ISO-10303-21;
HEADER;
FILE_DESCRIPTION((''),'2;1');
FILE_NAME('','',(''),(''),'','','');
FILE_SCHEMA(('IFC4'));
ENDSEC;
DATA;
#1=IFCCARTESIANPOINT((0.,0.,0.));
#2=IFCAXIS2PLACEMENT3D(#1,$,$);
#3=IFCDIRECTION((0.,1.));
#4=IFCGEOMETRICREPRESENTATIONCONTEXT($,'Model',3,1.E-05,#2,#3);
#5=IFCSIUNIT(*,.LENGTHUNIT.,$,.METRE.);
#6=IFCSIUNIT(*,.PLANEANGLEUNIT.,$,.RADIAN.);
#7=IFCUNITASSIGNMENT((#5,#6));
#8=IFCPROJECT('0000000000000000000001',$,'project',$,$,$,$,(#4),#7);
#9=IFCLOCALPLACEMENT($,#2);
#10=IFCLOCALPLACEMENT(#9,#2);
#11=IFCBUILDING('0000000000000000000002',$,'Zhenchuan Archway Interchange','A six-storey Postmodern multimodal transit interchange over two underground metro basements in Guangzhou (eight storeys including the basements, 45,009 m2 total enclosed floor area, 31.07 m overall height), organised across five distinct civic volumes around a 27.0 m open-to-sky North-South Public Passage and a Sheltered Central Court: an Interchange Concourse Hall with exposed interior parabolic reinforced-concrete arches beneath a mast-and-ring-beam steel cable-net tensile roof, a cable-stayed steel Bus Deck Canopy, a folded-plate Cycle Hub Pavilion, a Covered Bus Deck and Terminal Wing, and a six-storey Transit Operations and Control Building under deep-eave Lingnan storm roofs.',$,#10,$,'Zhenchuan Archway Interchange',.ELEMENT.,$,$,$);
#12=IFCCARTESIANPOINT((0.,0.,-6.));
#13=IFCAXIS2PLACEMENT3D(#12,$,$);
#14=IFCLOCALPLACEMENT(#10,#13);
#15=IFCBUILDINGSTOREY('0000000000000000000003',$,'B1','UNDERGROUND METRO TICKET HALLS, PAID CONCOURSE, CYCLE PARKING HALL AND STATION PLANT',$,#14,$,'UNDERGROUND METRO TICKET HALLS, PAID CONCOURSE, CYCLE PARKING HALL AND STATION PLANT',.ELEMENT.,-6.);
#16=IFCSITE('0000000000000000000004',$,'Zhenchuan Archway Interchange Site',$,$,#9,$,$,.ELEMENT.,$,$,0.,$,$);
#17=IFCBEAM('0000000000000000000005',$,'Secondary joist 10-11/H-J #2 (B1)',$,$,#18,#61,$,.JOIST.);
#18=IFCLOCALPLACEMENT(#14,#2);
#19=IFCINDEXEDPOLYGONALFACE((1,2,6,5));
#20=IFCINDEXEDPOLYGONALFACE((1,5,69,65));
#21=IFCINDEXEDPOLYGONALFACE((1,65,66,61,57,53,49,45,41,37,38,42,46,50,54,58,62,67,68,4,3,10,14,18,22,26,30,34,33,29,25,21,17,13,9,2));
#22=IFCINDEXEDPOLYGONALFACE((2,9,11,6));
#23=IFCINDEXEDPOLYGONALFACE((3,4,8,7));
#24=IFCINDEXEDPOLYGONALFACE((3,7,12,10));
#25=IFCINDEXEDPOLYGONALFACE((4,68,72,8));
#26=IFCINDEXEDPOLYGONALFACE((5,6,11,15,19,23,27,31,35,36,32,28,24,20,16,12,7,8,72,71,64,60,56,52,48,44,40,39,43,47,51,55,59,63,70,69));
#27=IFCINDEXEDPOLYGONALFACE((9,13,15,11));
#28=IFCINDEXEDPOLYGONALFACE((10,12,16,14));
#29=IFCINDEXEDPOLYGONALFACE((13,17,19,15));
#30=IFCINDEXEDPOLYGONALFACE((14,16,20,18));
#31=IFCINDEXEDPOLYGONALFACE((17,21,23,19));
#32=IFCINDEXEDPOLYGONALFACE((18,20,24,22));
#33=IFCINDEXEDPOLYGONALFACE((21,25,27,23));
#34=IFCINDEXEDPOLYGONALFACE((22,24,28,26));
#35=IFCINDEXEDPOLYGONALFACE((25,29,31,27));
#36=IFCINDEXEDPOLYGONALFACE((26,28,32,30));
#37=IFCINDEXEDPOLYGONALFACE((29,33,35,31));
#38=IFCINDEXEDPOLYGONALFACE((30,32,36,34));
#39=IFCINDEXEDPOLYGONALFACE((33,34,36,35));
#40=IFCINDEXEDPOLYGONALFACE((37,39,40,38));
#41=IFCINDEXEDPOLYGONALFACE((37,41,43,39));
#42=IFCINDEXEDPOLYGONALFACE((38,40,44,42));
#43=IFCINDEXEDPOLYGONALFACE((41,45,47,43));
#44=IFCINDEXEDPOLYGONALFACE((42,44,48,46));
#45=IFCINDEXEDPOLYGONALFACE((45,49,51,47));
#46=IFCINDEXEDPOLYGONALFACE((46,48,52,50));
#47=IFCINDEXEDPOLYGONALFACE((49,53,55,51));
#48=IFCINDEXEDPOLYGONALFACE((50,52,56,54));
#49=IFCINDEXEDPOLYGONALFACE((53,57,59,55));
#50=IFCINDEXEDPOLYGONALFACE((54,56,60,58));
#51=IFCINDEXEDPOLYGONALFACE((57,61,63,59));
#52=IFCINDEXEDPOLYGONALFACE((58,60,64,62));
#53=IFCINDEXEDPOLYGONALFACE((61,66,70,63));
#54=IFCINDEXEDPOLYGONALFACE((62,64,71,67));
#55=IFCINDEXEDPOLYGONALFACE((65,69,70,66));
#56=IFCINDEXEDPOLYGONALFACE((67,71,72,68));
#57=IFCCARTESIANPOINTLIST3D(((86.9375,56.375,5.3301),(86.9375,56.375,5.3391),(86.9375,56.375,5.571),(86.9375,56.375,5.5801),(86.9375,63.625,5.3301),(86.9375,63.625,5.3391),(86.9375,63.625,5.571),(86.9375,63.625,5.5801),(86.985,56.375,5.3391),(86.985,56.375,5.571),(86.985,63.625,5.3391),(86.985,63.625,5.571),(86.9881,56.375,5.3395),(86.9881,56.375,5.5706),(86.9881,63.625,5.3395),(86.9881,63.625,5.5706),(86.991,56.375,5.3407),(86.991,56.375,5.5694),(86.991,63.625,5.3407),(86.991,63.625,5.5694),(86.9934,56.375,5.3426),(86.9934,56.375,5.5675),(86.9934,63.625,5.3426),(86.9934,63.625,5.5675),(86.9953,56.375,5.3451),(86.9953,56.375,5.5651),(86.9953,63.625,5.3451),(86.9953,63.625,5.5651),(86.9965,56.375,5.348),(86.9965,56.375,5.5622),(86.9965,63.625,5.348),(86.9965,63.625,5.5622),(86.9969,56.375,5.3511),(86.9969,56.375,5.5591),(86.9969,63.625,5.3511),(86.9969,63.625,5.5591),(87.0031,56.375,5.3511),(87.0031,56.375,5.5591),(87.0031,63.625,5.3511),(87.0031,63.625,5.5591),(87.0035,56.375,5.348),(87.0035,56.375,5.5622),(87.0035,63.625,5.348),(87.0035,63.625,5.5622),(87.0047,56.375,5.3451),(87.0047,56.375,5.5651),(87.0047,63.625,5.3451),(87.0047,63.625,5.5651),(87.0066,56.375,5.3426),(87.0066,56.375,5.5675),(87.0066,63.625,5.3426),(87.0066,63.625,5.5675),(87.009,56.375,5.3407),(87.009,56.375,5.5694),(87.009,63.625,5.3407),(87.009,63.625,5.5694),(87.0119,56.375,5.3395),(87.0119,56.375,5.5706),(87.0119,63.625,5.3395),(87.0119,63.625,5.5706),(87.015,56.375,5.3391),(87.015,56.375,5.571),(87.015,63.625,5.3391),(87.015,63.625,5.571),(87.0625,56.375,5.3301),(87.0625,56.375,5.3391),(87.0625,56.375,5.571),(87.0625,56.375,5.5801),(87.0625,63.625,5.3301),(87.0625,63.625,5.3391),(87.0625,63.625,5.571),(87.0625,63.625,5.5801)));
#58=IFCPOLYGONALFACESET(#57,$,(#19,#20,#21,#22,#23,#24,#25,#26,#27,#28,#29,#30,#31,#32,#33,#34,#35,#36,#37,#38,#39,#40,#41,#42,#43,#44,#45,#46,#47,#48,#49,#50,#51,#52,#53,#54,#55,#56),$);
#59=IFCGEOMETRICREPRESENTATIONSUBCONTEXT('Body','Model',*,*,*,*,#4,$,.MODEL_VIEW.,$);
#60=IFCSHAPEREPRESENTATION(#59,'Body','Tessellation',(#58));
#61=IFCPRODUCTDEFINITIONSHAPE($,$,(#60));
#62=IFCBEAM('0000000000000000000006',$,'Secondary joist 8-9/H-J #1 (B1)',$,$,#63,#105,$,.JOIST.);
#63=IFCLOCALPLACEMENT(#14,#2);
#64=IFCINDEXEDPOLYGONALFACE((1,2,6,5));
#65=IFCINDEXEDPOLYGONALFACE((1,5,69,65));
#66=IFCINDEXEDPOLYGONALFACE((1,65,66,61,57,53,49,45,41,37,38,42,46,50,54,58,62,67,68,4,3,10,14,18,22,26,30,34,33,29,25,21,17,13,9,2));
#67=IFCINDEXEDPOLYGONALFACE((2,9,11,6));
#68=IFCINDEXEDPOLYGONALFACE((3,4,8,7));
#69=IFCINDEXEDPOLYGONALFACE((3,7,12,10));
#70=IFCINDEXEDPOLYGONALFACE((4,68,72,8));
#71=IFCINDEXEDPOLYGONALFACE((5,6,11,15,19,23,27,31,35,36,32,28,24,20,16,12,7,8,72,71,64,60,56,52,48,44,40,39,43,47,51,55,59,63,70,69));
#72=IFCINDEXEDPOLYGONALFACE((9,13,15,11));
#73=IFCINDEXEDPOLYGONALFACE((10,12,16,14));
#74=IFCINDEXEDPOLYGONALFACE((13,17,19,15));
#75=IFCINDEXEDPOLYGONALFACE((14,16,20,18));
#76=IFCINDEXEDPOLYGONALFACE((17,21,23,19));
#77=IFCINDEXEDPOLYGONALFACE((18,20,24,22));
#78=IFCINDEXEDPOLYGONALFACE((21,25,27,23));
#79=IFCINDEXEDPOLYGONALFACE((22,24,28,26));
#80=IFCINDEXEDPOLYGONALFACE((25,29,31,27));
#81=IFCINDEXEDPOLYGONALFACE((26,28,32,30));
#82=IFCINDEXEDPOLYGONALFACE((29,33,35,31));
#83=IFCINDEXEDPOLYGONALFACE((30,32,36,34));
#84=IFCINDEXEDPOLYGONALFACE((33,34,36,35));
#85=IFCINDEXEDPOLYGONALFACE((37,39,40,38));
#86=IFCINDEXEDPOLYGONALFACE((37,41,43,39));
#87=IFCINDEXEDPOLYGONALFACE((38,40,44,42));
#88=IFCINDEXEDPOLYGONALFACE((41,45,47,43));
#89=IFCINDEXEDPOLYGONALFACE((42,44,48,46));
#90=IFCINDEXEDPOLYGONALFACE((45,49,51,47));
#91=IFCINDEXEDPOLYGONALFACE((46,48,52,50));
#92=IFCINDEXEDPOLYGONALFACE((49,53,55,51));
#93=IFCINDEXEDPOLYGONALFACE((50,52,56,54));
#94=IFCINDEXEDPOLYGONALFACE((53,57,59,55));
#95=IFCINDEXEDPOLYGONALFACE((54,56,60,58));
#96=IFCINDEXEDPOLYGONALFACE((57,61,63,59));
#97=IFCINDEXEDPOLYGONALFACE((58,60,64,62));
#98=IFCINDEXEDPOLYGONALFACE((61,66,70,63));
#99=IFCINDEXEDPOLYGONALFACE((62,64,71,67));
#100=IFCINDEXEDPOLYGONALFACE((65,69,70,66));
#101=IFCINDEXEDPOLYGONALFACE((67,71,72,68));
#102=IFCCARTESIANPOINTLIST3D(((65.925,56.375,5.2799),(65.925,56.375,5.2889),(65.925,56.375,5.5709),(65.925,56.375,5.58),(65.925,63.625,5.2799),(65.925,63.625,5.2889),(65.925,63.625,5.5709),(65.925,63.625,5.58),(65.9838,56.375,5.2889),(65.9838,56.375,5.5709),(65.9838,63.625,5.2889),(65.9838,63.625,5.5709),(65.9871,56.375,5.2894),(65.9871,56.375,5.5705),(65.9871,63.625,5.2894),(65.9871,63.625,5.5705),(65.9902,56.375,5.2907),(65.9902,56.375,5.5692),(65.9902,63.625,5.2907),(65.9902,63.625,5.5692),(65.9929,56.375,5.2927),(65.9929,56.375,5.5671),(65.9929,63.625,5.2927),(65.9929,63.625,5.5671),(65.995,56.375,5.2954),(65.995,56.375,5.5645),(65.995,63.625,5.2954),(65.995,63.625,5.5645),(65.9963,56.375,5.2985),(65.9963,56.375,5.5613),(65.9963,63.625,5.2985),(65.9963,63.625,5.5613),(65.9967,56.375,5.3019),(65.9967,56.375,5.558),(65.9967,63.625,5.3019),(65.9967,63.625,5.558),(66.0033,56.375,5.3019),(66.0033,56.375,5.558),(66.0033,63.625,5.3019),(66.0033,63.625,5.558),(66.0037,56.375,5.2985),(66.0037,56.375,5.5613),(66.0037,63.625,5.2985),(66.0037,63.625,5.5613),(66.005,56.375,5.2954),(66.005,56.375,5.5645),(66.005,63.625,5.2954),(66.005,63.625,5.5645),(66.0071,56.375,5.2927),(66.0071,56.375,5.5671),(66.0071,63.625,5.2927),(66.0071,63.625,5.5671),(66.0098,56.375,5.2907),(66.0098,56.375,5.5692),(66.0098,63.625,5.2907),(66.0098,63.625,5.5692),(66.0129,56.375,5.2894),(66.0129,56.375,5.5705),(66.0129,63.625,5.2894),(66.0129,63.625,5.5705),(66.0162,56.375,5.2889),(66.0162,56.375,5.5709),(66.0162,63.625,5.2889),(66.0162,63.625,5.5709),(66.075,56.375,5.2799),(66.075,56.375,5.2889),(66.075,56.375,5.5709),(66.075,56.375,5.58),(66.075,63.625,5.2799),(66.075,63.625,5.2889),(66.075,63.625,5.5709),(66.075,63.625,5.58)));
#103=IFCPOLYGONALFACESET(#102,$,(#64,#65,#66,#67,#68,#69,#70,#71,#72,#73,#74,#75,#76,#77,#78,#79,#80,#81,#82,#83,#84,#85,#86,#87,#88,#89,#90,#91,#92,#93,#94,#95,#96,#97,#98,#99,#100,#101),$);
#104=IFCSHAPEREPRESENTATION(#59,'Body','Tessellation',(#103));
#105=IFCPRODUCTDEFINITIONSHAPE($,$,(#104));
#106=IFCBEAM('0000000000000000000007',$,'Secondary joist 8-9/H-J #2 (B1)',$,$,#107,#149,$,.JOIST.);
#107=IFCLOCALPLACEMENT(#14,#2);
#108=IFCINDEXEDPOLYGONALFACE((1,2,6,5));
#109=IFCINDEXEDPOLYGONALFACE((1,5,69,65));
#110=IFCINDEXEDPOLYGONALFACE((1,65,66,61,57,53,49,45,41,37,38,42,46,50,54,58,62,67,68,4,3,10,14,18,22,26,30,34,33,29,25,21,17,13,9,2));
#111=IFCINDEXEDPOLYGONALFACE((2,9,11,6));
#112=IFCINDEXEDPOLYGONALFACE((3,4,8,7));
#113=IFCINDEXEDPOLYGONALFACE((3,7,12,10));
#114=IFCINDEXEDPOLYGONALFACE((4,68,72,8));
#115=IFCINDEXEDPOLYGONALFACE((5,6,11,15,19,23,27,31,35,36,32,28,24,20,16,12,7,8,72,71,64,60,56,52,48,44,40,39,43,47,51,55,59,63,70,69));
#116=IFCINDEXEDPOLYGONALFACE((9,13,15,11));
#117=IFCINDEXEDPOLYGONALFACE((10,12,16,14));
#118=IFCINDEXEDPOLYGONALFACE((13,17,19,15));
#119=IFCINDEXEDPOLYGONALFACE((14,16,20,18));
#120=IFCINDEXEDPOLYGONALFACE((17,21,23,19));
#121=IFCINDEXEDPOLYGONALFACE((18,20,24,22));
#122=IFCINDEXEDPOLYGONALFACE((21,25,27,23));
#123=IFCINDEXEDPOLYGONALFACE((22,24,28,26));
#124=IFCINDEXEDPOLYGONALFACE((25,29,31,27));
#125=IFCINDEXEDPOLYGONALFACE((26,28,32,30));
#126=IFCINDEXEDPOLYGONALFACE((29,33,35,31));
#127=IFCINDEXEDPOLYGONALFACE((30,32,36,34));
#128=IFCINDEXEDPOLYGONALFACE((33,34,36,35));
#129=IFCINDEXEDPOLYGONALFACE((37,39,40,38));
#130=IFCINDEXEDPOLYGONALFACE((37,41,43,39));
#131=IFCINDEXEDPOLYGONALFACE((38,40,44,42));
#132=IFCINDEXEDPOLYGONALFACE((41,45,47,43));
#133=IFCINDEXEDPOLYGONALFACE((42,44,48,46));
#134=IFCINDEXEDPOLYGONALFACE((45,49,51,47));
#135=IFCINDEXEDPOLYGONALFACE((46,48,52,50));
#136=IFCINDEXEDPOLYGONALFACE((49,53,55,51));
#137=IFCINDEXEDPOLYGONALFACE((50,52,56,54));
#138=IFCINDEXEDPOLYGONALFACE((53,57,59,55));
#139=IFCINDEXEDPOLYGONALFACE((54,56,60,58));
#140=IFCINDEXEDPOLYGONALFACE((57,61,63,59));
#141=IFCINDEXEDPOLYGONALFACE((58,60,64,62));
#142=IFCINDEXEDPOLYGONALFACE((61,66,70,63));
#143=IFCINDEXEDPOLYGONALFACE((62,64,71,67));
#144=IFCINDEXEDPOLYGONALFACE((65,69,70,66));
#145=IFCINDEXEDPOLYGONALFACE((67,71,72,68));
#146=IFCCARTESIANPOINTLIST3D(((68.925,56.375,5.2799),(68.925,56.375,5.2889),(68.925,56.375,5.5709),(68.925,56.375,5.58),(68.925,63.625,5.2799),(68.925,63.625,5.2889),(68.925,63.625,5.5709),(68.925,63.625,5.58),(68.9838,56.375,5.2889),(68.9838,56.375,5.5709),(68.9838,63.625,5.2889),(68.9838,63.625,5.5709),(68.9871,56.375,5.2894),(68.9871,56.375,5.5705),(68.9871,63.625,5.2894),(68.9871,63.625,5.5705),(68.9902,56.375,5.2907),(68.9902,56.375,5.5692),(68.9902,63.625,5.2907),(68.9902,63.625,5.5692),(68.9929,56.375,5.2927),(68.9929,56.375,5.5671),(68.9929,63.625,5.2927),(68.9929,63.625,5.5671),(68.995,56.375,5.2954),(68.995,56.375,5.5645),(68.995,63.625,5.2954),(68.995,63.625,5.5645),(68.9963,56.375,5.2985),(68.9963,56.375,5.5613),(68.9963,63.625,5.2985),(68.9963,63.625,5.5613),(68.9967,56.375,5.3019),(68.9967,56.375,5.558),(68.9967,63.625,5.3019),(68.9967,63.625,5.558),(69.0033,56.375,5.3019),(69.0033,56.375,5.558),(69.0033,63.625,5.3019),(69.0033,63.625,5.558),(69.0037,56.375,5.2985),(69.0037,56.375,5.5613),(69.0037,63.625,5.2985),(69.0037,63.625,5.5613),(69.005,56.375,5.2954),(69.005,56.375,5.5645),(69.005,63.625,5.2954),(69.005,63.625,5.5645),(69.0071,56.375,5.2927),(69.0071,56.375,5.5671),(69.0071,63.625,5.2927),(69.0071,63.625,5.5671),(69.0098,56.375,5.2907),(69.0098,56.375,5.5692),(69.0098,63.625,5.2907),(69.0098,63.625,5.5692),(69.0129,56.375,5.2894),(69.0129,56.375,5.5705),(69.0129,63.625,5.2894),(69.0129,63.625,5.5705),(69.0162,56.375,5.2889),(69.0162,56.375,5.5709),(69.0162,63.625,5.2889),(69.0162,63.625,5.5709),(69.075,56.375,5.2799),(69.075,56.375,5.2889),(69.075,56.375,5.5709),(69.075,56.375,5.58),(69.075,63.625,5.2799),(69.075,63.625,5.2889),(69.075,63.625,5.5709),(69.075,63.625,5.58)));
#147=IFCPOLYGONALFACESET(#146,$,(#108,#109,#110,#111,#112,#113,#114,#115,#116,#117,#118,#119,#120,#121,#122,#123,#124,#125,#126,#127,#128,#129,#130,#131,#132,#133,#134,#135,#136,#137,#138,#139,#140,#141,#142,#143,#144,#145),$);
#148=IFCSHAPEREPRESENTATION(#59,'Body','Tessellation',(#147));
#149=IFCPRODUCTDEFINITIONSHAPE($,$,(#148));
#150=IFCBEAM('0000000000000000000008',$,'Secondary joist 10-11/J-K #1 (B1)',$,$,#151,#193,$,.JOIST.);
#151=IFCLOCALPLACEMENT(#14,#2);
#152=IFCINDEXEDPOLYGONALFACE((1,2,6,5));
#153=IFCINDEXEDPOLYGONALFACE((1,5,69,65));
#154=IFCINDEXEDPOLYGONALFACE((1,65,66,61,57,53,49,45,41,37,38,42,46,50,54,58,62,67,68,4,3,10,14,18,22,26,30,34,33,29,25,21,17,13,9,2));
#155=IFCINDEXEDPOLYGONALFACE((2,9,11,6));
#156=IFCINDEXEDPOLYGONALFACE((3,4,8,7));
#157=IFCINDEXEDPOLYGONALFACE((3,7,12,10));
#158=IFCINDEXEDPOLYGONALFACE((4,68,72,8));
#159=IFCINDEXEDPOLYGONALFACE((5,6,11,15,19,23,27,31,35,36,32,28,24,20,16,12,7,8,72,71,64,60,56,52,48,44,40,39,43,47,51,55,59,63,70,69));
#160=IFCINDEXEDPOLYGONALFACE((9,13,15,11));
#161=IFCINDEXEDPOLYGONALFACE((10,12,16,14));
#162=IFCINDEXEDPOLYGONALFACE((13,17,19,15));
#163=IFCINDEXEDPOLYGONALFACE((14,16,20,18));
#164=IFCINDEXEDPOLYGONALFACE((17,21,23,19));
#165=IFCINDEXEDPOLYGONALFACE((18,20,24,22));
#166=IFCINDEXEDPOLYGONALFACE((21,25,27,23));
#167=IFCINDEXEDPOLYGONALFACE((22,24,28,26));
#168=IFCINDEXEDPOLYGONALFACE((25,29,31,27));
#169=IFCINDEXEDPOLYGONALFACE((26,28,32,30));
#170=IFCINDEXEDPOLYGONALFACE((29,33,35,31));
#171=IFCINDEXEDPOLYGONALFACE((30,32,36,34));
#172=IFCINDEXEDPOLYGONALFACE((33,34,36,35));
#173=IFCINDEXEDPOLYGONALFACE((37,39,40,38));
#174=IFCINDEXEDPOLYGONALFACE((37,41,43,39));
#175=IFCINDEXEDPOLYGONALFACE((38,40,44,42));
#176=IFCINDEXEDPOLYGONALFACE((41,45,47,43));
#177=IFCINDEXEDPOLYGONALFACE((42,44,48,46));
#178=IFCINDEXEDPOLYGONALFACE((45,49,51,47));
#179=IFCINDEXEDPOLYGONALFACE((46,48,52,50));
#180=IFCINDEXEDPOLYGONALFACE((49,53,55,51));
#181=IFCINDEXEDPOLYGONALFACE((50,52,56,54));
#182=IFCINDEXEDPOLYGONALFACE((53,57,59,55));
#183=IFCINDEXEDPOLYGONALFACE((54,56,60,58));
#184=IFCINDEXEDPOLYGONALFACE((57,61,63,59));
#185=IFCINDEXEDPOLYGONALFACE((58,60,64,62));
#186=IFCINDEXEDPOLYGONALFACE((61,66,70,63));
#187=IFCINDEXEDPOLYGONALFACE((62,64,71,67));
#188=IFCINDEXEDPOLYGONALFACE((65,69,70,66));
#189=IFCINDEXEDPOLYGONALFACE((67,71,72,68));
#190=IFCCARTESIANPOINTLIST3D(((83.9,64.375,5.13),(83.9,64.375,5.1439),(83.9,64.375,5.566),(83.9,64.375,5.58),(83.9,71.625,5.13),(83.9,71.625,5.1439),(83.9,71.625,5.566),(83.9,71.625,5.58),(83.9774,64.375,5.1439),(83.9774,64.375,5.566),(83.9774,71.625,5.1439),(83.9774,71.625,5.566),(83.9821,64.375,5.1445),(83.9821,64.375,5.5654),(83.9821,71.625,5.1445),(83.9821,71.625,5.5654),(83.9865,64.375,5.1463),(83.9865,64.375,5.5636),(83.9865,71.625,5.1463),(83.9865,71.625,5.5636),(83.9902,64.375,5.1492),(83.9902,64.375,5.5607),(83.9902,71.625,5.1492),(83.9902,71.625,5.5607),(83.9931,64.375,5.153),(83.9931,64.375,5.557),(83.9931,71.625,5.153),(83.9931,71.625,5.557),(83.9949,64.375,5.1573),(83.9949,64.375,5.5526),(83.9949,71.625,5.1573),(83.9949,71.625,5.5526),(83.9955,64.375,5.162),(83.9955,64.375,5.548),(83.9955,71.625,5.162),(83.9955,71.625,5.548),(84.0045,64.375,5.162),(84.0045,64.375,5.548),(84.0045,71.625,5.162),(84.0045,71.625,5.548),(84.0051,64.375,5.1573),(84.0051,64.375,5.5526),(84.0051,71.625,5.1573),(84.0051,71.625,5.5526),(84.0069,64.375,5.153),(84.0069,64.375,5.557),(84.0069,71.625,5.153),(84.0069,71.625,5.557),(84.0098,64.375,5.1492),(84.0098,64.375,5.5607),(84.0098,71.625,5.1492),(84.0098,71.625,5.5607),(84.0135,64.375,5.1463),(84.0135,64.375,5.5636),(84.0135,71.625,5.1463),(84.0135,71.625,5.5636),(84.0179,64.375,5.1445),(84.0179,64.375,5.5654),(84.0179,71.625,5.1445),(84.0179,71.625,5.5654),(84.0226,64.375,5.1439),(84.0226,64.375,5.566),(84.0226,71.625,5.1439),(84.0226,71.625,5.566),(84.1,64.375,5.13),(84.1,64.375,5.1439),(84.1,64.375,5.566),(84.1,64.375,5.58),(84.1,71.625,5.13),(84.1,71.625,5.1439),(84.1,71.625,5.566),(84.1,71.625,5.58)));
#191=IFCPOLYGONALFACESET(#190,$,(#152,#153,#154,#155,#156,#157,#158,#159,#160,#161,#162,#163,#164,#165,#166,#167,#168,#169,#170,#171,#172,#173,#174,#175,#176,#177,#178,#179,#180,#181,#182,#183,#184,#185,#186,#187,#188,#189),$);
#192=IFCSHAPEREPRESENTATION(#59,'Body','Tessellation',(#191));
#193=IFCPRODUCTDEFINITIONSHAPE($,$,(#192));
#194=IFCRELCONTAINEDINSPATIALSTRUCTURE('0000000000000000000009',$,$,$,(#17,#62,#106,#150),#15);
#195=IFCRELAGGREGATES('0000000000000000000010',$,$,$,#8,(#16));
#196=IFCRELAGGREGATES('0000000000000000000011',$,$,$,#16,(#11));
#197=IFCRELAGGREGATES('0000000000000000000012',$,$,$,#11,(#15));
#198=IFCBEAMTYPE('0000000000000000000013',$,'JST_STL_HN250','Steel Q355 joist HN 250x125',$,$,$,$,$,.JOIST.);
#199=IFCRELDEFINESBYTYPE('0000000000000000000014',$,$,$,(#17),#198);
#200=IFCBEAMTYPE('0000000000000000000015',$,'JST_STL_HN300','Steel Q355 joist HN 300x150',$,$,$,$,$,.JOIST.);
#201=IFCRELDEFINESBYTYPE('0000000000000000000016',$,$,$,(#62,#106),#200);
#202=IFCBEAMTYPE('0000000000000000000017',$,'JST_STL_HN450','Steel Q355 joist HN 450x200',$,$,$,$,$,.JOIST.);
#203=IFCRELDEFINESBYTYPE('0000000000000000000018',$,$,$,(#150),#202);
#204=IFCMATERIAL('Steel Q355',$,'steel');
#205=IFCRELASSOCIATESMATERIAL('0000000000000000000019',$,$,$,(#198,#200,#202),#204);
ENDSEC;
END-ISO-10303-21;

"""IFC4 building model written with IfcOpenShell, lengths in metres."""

from ifc_helpers import new_model, si_unit, direction, frame, origin, origin_2d, place, context, subcontext, project, spatial, i_section, extrude, material, material_profile, profile_set, type_object, element, save


model = new_model("IFC4")

# Units and contexts
model_context = context("Model", 3, precision=1e-05, world=origin(), true_north=direction((0.0, 1.0)))
body_context = subcontext(model_context, "Body", "Model", "MODEL_VIEW")
ifc_project = project(units=[si_unit("LENGTHUNIT", "METRE"), si_unit("PLANEANGLEUNIT", "RADIAN")], contexts=[model_context])

# Site, building, storey
site_placement = place(None, origin())
site = spatial("IfcSite", under=ifc_project, at=site_placement, Name="Zhenchuan Archway Interchange Site", CompositionType="ELEMENT", RefElevation=0.0)
building_placement = place(site_placement, origin())
building = spatial("IfcBuilding", under=site, at=building_placement, Name="Zhenchuan Archway Interchange", Description="A six-storey Postmodern multimodal transit interchange over two underground metro basements in Guangzhou (eight storeys including the basements, 45,009 m2 total enclosed floor area, 31.07 m overall height), organised across five distinct civic volumes around a 27.0 m open-to-sky North-South Public Passage and a Sheltered Central Court: an Interchange Concourse Hall with exposed interior parabolic reinforced-concrete arches beneath a mast-and-ring-beam steel cable-net tensile roof, a cable-stayed steel Bus Deck Canopy, a folded-plate Cycle Hub Pavilion, a Covered Bus Deck and Terminal Wing, and a six-storey Transit Operations and Control Building under deep-eave Lingnan storm roofs.", LongName="Zhenchuan Archway Interchange", CompositionType="ELEMENT")
storey_placement = place(building_placement, frame((0.0, 0.0, -6.0)))
storey = spatial("IfcBuildingStorey", under=building, at=storey_placement, Name="B1", Description="UNDERGROUND METRO TICKET HALLS, PAID CONCOURSE, CYCLE PARKING HALL AND STATION PLANT", LongName="UNDERGROUND METRO TICKET HALLS, PAID CONCOURSE, CYCLE PARKING HALL AND STATION PLANT", CompositionType="ELEMENT", Elevation=-6.0)

# Beams
ifc_material_1 = material(Name="Steel Q355", Category="steel")
ifc_material_profile_1 = material_profile(ifc_material_1, i_section(OverallWidth=0.125, OverallDepth=0.25, WebThickness=0.0061, FlangeThickness=0.009, FilletRadius=0.012, at=origin_2d()), Name="HN 250x125")
ifc_profile_set_1 = profile_set([ifc_material_profile_1], Name="Steel Q355")
beam_type_1 = type_object("IfcBeamType", Name="JST_STL_HN250", Description="Steel Q355 joist HN 250x125", PredefinedType="JOIST", material=ifc_profile_set_1)
for number, where, z_axis, x_axis, name in (
    (1, (87.0, 56.375, 5.4551), (0.0, 1.0, 0.0), (-1.0, 0.0, 0.0), "Secondary joist 10-11/H-J #2 (B1)"),
):
    element("IfcBeam", number, at=place(storey_placement, frame(where, z_axis=z_axis, x_axis=x_axis)), inside=storey, type_object=beam_type_1, Name=name, PredefinedType="JOIST", context=body_context, shape_type="SweptSolid", body=[
        extrude(i_section(OverallWidth=0.125, OverallDepth=0.25, WebThickness=0.0061, FlangeThickness=0.009, FilletRadius=0.012, at=origin_2d()), origin(), (0.0, 0.0, 1.0), 7.25),
    ])
ifc_material_profile_2 = material_profile(ifc_material_1, i_section(OverallWidth=0.1499, OverallDepth=0.3, WebThickness=0.0066, FlangeThickness=0.009, FilletRadius=0.0129, at=origin_2d()), Name="HN 300x150")
ifc_profile_set_2 = profile_set([ifc_material_profile_2], Name="Steel Q355")
beam_type_2 = type_object("IfcBeamType", Name="JST_STL_HN300", Description="Steel Q355 joist HN 300x150", PredefinedType="JOIST", material=ifc_profile_set_2)
for number, where, z_axis, x_axis, name in (
    (2, (66.0, 56.375, 5.4299), (0.0, 1.0, 0.0), (-1.0, 0.0, 0.0), "Secondary joist 8-9/H-J #1 (B1)"),
    (3, (69.0, 56.375, 5.4299), (0.0, 1.0, 0.0), (-1.0, 0.0, 0.0), "Secondary joist 8-9/H-J #2 (B1)"),
):
    element("IfcBeam", number, at=place(storey_placement, frame(where, z_axis=z_axis, x_axis=x_axis)), inside=storey, type_object=beam_type_2, Name=name, PredefinedType="JOIST", context=body_context, shape_type="SweptSolid", body=[
        extrude(i_section(OverallWidth=0.1499, OverallDepth=0.3, WebThickness=0.0066, FlangeThickness=0.009, FilletRadius=0.0129, at=origin_2d()), origin(), (0.0, 0.0, 1.0), 7.25),
    ])
ifc_material_profile_3 = material_profile(ifc_material_1, i_section(OverallWidth=0.2, OverallDepth=0.45, WebThickness=0.009, FlangeThickness=0.0139, FilletRadius=0.0181, at=origin_2d()), Name="HN 450x200")
ifc_profile_set_3 = profile_set([ifc_material_profile_3], Name="Steel Q355")
beam_type_3 = type_object("IfcBeamType", Name="JST_STL_HN450", Description="Steel Q355 joist HN 450x200", PredefinedType="JOIST", material=ifc_profile_set_3)
for number, where, z_axis, x_axis, name in (
    (4, (84.0, 64.375, 5.355), (0.0, 1.0, 0.0), (-1.0, 0.0, 0.0), "Secondary joist 10-11/J-K #1 (B1)"),
):
    element("IfcBeam", number, at=place(storey_placement, frame(where, z_axis=z_axis, x_axis=x_axis)), inside=storey, type_object=beam_type_3, Name=name, PredefinedType="JOIST", context=body_context, shape_type="SweptSolid", body=[
        extrude(i_section(OverallWidth=0.2, OverallDepth=0.45, WebThickness=0.009, FlangeThickness=0.0139, FilletRadius=0.0181, at=origin_2d()), origin(), (0.0, 0.0, 1.0), 7.25),
    ])

save(model, "model.ifc")
